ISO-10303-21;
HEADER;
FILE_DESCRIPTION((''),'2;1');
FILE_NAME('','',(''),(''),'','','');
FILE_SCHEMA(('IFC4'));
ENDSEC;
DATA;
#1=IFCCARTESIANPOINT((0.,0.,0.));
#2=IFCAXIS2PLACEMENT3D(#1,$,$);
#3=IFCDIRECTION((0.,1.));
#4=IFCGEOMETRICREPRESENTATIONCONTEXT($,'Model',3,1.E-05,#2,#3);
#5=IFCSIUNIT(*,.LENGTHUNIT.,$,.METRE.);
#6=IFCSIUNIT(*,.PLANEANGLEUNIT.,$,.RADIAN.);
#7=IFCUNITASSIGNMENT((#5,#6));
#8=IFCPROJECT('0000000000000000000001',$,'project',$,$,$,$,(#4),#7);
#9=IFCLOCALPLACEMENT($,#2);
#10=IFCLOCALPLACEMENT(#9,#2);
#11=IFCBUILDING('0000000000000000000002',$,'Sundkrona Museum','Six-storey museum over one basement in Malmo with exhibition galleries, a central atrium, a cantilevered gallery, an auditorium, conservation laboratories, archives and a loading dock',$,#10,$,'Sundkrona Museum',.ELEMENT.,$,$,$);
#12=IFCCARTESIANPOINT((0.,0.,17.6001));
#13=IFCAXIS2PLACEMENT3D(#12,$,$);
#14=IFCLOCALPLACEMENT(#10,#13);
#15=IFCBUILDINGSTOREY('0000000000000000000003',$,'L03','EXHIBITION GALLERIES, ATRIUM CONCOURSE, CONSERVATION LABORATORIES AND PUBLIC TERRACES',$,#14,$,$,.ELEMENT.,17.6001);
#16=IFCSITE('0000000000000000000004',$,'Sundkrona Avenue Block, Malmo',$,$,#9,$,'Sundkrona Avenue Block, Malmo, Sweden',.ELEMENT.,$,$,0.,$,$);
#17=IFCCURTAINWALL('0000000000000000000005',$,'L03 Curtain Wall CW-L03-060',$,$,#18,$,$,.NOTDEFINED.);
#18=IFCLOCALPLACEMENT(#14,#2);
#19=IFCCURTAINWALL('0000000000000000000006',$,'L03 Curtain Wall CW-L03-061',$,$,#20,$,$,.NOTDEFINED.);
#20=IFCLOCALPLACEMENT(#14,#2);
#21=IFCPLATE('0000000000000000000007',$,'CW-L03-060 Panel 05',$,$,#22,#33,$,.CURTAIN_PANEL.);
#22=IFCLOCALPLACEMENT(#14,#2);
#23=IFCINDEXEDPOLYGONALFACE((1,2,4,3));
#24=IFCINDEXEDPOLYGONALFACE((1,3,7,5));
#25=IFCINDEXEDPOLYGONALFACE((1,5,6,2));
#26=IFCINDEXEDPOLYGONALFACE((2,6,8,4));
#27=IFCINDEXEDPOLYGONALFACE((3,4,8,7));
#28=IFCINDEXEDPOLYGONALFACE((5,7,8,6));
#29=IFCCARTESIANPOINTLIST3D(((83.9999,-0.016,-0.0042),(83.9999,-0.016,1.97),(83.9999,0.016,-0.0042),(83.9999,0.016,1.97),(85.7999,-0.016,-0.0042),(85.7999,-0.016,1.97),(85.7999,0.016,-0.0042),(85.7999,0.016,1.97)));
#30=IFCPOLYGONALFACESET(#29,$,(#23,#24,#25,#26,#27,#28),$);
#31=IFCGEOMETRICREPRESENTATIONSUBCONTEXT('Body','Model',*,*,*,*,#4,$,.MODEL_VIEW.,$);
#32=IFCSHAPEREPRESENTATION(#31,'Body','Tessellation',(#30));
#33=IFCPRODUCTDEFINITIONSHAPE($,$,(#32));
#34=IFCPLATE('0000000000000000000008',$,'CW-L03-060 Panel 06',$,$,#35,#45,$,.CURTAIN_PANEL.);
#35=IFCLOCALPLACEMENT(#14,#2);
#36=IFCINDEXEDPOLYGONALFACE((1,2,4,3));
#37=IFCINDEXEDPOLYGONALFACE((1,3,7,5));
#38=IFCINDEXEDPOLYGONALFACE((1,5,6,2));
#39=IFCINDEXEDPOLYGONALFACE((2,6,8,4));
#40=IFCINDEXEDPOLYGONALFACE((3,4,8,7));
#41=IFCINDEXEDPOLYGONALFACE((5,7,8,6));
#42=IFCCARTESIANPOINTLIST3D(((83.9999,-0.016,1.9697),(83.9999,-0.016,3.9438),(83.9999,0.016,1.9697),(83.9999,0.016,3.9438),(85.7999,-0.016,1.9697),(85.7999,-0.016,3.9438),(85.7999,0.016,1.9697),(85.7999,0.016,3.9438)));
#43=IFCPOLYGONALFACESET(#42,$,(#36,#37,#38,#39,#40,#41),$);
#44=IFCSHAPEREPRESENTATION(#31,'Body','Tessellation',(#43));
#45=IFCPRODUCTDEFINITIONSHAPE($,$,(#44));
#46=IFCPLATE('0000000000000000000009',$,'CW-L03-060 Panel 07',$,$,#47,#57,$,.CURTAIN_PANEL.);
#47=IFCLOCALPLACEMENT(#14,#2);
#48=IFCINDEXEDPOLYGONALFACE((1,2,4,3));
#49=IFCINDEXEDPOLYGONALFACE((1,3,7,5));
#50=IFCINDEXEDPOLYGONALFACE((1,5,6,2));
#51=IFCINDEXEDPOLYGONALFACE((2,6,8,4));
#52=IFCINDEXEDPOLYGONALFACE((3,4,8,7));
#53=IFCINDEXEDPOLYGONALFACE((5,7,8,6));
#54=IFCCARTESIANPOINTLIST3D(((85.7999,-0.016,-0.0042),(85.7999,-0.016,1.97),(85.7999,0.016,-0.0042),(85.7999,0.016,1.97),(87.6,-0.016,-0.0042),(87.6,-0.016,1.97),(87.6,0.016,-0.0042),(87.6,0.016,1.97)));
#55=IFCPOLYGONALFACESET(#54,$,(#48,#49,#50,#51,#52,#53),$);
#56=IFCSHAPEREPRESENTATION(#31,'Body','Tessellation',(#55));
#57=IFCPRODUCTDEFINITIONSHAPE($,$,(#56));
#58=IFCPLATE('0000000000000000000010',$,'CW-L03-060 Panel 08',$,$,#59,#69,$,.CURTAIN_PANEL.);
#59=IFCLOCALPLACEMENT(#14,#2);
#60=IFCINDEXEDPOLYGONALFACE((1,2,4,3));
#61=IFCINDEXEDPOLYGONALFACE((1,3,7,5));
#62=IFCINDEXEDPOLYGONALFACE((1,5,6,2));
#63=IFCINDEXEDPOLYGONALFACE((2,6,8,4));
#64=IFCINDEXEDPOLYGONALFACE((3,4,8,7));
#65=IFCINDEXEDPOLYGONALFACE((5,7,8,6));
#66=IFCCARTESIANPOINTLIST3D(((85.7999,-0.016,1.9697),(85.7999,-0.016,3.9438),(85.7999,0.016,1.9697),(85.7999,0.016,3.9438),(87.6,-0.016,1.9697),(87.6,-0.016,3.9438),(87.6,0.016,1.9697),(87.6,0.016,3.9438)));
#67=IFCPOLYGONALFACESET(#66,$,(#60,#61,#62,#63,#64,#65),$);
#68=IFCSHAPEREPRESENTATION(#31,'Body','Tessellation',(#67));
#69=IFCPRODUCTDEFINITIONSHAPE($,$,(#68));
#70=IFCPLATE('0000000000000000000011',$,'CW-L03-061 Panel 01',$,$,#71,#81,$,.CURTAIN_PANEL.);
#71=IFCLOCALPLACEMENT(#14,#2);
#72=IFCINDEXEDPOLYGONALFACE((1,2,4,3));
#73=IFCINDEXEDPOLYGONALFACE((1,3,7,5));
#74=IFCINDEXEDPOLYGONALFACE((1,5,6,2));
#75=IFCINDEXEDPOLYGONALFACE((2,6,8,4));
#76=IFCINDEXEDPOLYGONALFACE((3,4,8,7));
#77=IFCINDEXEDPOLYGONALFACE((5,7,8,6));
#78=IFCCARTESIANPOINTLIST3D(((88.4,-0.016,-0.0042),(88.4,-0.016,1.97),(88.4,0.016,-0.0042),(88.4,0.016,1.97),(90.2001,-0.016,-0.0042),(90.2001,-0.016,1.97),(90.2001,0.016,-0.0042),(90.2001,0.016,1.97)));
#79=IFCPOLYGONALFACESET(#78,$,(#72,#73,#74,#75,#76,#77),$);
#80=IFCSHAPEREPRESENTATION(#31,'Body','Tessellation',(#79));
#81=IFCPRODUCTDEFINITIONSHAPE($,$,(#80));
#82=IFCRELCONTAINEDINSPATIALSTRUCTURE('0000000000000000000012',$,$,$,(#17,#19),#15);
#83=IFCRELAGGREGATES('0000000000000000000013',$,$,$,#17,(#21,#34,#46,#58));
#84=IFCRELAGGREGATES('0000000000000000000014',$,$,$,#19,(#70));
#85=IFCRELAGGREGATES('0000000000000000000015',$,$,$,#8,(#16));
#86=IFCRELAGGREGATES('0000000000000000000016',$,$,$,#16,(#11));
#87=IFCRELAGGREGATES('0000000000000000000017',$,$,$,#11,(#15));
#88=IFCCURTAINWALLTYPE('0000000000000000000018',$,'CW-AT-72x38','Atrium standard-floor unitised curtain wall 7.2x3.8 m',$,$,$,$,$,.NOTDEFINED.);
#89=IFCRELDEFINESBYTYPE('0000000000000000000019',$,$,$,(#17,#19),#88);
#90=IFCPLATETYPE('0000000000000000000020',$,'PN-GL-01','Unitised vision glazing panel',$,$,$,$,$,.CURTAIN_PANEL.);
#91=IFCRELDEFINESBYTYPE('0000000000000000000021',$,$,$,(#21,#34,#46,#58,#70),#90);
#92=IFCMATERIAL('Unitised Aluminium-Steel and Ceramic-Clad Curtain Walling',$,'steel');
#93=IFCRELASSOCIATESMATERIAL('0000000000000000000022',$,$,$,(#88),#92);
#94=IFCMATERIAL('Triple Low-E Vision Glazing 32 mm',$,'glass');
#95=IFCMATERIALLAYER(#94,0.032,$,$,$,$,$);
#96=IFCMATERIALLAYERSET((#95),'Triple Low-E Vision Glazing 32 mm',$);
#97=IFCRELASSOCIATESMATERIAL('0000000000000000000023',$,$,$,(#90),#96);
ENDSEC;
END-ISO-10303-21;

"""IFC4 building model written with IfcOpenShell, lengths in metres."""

from ifc_helpers import new_model, si_unit, direction, frame, origin, origin_2d, place, context, subcontext, project, spatial, rectangle, extrude, material, layer, layer_set, type_object, element, aggregate, save


model = new_model("IFC4")

# Units and contexts
model_context = context("Model", 3, precision=1e-05, world=origin(), true_north=direction((0.0, 1.0)))
body_context = subcontext(model_context, "Body", "Model", "MODEL_VIEW")
ifc_project = project(units=[si_unit("LENGTHUNIT", "METRE"), si_unit("PLANEANGLEUNIT", "RADIAN")], contexts=[model_context])

# Site, building, storey
site_placement = place(None, origin())
site = spatial("IfcSite", under=ifc_project, at=site_placement, Name="Sundkrona Avenue Block, Malmo", LongName="Sundkrona Avenue Block, Malmo, Sweden", CompositionType="ELEMENT", RefElevation=0.0)
building_placement = place(site_placement, origin())
building = spatial("IfcBuilding", under=site, at=building_placement, Name="Sundkrona Museum", Description="Six-storey museum over one basement in Malmo with exhibition galleries, a central atrium, a cantilevered gallery, an auditorium, conservation laboratories, archives and a loading dock", LongName="Sundkrona Museum", CompositionType="ELEMENT")
storey_placement = place(building_placement, frame((0.0, 0.0, 17.6001)))
storey = spatial("IfcBuildingStorey", under=building, at=storey_placement, Name="L03", Description="EXHIBITION GALLERIES, ATRIUM CONCOURSE, CONSERVATION LABORATORIES AND PUBLIC TERRACES", CompositionType="ELEMENT", Elevation=17.6001)

# Curtain wall
ifc_material_1 = material(Name="Unitised Aluminium-Steel and Ceramic-Clad Curtain Walling", Category="steel")
curtain_wall_type = type_object("IfcCurtainWallType", Name="CW-AT-72x38", Description="Atrium standard-floor unitised curtain wall 7.2x3.8 m", PredefinedType="NOTDEFINED", material=ifc_material_1)
curtain_wall_1_placement = place(storey_placement, origin())
curtain_wall_1 = element("IfcCurtainWall", 1, at=curtain_wall_1_placement, inside=storey, type_object=curtain_wall_type, Name="L03 Curtain Wall CW-L03-060", PredefinedType="NOTDEFINED")

# Curtain wall
curtain_wall_2_placement = place(storey_placement, origin())
curtain_wall_2 = element("IfcCurtainWall", 2, at=curtain_wall_2_placement, inside=storey, type_object=curtain_wall_type, Name="L03 Curtain Wall CW-L03-061", PredefinedType="NOTDEFINED")

# Plates
ifc_material_2 = material(Name="Triple Low-E Vision Glazing 32 mm", Category="glass")
ifc_layer = layer(ifc_material_2, 0.032)
ifc_layer_set = layer_set([ifc_layer], Name="Triple Low-E Vision Glazing 32 mm")
plate_type = type_object("IfcPlateType", Name="PN-GL-01", Description="Unitised vision glazing panel", PredefinedType="CURTAIN_PANEL", material=ifc_layer_set)
plate_1_placement = place(storey_placement, frame((84.8999, 0.0, -0.0042), z_axis=(0.0, 0.0, 1.0), x_axis=(1.0, 0.0, 0.0)))
plate_1 = element("IfcPlate", 3, at=plate_1_placement, type_object=plate_type, Name="CW-L03-060 Panel 05", PredefinedType="CURTAIN_PANEL", context=body_context, shape_type="SweptSolid", body=[
    extrude(rectangle(XDim=1.8, YDim=0.032, at=origin_2d()), origin(), (0.0, 0.0, 1.0), 1.9741),
])
plate_2_placement = place(storey_placement, frame((84.8999, 0.0, 1.9697), z_axis=(0.0, 0.0, 1.0), x_axis=(1.0, 0.0, 0.0)))
plate_2 = element("IfcPlate", 4, at=plate_2_placement, type_object=plate_type, Name="CW-L03-060 Panel 06", PredefinedType="CURTAIN_PANEL", context=body_context, shape_type="SweptSolid", body=[
    extrude(rectangle(XDim=1.8, YDim=0.032, at=origin_2d()), origin(), (0.0, 0.0, 1.0), 1.9741),
])
plate_3_placement = place(storey_placement, frame((86.7, 0.0, -0.0042), z_axis=(0.0, 0.0, 1.0), x_axis=(1.0, 0.0, 0.0)))
plate_3 = element("IfcPlate", 5, at=plate_3_placement, type_object=plate_type, Name="CW-L03-060 Panel 07", PredefinedType="CURTAIN_PANEL", context=body_context, shape_type="SweptSolid", body=[
    extrude(rectangle(XDim=1.8, YDim=0.032, at=origin_2d()), origin(), (0.0, 0.0, 1.0), 1.9741),
])
plate_4_placement = place(storey_placement, frame((86.7, 0.0, 1.9697), z_axis=(0.0, 0.0, 1.0), x_axis=(1.0, 0.0, 0.0)))
plate_4 = element("IfcPlate", 6, at=plate_4_placement, type_object=plate_type, Name="CW-L03-060 Panel 08", PredefinedType="CURTAIN_PANEL", context=body_context, shape_type="SweptSolid", body=[
    extrude(rectangle(XDim=1.8, YDim=0.032, at=origin_2d()), origin(), (0.0, 0.0, 1.0), 1.9741),
])
aggregate(curtain_wall_1, [plate_1, plate_2, plate_3, plate_4])
plate_5_placement = place(storey_placement, frame((89.3, 0.0, -0.0042), z_axis=(0.0, 0.0, 1.0), x_axis=(1.0, 0.0, 0.0)))
plate_5 = element("IfcPlate", 7, at=plate_5_placement, type_object=plate_type, Name="CW-L03-061 Panel 01", PredefinedType="CURTAIN_PANEL", context=body_context, shape_type="SweptSolid", body=[
    extrude(rectangle(XDim=1.8, YDim=0.032, at=origin_2d()), origin(), (0.0, 0.0, 1.0), 1.9741),
])
aggregate(curtain_wall_2, [plate_5])

save(model, "model.ifc")
